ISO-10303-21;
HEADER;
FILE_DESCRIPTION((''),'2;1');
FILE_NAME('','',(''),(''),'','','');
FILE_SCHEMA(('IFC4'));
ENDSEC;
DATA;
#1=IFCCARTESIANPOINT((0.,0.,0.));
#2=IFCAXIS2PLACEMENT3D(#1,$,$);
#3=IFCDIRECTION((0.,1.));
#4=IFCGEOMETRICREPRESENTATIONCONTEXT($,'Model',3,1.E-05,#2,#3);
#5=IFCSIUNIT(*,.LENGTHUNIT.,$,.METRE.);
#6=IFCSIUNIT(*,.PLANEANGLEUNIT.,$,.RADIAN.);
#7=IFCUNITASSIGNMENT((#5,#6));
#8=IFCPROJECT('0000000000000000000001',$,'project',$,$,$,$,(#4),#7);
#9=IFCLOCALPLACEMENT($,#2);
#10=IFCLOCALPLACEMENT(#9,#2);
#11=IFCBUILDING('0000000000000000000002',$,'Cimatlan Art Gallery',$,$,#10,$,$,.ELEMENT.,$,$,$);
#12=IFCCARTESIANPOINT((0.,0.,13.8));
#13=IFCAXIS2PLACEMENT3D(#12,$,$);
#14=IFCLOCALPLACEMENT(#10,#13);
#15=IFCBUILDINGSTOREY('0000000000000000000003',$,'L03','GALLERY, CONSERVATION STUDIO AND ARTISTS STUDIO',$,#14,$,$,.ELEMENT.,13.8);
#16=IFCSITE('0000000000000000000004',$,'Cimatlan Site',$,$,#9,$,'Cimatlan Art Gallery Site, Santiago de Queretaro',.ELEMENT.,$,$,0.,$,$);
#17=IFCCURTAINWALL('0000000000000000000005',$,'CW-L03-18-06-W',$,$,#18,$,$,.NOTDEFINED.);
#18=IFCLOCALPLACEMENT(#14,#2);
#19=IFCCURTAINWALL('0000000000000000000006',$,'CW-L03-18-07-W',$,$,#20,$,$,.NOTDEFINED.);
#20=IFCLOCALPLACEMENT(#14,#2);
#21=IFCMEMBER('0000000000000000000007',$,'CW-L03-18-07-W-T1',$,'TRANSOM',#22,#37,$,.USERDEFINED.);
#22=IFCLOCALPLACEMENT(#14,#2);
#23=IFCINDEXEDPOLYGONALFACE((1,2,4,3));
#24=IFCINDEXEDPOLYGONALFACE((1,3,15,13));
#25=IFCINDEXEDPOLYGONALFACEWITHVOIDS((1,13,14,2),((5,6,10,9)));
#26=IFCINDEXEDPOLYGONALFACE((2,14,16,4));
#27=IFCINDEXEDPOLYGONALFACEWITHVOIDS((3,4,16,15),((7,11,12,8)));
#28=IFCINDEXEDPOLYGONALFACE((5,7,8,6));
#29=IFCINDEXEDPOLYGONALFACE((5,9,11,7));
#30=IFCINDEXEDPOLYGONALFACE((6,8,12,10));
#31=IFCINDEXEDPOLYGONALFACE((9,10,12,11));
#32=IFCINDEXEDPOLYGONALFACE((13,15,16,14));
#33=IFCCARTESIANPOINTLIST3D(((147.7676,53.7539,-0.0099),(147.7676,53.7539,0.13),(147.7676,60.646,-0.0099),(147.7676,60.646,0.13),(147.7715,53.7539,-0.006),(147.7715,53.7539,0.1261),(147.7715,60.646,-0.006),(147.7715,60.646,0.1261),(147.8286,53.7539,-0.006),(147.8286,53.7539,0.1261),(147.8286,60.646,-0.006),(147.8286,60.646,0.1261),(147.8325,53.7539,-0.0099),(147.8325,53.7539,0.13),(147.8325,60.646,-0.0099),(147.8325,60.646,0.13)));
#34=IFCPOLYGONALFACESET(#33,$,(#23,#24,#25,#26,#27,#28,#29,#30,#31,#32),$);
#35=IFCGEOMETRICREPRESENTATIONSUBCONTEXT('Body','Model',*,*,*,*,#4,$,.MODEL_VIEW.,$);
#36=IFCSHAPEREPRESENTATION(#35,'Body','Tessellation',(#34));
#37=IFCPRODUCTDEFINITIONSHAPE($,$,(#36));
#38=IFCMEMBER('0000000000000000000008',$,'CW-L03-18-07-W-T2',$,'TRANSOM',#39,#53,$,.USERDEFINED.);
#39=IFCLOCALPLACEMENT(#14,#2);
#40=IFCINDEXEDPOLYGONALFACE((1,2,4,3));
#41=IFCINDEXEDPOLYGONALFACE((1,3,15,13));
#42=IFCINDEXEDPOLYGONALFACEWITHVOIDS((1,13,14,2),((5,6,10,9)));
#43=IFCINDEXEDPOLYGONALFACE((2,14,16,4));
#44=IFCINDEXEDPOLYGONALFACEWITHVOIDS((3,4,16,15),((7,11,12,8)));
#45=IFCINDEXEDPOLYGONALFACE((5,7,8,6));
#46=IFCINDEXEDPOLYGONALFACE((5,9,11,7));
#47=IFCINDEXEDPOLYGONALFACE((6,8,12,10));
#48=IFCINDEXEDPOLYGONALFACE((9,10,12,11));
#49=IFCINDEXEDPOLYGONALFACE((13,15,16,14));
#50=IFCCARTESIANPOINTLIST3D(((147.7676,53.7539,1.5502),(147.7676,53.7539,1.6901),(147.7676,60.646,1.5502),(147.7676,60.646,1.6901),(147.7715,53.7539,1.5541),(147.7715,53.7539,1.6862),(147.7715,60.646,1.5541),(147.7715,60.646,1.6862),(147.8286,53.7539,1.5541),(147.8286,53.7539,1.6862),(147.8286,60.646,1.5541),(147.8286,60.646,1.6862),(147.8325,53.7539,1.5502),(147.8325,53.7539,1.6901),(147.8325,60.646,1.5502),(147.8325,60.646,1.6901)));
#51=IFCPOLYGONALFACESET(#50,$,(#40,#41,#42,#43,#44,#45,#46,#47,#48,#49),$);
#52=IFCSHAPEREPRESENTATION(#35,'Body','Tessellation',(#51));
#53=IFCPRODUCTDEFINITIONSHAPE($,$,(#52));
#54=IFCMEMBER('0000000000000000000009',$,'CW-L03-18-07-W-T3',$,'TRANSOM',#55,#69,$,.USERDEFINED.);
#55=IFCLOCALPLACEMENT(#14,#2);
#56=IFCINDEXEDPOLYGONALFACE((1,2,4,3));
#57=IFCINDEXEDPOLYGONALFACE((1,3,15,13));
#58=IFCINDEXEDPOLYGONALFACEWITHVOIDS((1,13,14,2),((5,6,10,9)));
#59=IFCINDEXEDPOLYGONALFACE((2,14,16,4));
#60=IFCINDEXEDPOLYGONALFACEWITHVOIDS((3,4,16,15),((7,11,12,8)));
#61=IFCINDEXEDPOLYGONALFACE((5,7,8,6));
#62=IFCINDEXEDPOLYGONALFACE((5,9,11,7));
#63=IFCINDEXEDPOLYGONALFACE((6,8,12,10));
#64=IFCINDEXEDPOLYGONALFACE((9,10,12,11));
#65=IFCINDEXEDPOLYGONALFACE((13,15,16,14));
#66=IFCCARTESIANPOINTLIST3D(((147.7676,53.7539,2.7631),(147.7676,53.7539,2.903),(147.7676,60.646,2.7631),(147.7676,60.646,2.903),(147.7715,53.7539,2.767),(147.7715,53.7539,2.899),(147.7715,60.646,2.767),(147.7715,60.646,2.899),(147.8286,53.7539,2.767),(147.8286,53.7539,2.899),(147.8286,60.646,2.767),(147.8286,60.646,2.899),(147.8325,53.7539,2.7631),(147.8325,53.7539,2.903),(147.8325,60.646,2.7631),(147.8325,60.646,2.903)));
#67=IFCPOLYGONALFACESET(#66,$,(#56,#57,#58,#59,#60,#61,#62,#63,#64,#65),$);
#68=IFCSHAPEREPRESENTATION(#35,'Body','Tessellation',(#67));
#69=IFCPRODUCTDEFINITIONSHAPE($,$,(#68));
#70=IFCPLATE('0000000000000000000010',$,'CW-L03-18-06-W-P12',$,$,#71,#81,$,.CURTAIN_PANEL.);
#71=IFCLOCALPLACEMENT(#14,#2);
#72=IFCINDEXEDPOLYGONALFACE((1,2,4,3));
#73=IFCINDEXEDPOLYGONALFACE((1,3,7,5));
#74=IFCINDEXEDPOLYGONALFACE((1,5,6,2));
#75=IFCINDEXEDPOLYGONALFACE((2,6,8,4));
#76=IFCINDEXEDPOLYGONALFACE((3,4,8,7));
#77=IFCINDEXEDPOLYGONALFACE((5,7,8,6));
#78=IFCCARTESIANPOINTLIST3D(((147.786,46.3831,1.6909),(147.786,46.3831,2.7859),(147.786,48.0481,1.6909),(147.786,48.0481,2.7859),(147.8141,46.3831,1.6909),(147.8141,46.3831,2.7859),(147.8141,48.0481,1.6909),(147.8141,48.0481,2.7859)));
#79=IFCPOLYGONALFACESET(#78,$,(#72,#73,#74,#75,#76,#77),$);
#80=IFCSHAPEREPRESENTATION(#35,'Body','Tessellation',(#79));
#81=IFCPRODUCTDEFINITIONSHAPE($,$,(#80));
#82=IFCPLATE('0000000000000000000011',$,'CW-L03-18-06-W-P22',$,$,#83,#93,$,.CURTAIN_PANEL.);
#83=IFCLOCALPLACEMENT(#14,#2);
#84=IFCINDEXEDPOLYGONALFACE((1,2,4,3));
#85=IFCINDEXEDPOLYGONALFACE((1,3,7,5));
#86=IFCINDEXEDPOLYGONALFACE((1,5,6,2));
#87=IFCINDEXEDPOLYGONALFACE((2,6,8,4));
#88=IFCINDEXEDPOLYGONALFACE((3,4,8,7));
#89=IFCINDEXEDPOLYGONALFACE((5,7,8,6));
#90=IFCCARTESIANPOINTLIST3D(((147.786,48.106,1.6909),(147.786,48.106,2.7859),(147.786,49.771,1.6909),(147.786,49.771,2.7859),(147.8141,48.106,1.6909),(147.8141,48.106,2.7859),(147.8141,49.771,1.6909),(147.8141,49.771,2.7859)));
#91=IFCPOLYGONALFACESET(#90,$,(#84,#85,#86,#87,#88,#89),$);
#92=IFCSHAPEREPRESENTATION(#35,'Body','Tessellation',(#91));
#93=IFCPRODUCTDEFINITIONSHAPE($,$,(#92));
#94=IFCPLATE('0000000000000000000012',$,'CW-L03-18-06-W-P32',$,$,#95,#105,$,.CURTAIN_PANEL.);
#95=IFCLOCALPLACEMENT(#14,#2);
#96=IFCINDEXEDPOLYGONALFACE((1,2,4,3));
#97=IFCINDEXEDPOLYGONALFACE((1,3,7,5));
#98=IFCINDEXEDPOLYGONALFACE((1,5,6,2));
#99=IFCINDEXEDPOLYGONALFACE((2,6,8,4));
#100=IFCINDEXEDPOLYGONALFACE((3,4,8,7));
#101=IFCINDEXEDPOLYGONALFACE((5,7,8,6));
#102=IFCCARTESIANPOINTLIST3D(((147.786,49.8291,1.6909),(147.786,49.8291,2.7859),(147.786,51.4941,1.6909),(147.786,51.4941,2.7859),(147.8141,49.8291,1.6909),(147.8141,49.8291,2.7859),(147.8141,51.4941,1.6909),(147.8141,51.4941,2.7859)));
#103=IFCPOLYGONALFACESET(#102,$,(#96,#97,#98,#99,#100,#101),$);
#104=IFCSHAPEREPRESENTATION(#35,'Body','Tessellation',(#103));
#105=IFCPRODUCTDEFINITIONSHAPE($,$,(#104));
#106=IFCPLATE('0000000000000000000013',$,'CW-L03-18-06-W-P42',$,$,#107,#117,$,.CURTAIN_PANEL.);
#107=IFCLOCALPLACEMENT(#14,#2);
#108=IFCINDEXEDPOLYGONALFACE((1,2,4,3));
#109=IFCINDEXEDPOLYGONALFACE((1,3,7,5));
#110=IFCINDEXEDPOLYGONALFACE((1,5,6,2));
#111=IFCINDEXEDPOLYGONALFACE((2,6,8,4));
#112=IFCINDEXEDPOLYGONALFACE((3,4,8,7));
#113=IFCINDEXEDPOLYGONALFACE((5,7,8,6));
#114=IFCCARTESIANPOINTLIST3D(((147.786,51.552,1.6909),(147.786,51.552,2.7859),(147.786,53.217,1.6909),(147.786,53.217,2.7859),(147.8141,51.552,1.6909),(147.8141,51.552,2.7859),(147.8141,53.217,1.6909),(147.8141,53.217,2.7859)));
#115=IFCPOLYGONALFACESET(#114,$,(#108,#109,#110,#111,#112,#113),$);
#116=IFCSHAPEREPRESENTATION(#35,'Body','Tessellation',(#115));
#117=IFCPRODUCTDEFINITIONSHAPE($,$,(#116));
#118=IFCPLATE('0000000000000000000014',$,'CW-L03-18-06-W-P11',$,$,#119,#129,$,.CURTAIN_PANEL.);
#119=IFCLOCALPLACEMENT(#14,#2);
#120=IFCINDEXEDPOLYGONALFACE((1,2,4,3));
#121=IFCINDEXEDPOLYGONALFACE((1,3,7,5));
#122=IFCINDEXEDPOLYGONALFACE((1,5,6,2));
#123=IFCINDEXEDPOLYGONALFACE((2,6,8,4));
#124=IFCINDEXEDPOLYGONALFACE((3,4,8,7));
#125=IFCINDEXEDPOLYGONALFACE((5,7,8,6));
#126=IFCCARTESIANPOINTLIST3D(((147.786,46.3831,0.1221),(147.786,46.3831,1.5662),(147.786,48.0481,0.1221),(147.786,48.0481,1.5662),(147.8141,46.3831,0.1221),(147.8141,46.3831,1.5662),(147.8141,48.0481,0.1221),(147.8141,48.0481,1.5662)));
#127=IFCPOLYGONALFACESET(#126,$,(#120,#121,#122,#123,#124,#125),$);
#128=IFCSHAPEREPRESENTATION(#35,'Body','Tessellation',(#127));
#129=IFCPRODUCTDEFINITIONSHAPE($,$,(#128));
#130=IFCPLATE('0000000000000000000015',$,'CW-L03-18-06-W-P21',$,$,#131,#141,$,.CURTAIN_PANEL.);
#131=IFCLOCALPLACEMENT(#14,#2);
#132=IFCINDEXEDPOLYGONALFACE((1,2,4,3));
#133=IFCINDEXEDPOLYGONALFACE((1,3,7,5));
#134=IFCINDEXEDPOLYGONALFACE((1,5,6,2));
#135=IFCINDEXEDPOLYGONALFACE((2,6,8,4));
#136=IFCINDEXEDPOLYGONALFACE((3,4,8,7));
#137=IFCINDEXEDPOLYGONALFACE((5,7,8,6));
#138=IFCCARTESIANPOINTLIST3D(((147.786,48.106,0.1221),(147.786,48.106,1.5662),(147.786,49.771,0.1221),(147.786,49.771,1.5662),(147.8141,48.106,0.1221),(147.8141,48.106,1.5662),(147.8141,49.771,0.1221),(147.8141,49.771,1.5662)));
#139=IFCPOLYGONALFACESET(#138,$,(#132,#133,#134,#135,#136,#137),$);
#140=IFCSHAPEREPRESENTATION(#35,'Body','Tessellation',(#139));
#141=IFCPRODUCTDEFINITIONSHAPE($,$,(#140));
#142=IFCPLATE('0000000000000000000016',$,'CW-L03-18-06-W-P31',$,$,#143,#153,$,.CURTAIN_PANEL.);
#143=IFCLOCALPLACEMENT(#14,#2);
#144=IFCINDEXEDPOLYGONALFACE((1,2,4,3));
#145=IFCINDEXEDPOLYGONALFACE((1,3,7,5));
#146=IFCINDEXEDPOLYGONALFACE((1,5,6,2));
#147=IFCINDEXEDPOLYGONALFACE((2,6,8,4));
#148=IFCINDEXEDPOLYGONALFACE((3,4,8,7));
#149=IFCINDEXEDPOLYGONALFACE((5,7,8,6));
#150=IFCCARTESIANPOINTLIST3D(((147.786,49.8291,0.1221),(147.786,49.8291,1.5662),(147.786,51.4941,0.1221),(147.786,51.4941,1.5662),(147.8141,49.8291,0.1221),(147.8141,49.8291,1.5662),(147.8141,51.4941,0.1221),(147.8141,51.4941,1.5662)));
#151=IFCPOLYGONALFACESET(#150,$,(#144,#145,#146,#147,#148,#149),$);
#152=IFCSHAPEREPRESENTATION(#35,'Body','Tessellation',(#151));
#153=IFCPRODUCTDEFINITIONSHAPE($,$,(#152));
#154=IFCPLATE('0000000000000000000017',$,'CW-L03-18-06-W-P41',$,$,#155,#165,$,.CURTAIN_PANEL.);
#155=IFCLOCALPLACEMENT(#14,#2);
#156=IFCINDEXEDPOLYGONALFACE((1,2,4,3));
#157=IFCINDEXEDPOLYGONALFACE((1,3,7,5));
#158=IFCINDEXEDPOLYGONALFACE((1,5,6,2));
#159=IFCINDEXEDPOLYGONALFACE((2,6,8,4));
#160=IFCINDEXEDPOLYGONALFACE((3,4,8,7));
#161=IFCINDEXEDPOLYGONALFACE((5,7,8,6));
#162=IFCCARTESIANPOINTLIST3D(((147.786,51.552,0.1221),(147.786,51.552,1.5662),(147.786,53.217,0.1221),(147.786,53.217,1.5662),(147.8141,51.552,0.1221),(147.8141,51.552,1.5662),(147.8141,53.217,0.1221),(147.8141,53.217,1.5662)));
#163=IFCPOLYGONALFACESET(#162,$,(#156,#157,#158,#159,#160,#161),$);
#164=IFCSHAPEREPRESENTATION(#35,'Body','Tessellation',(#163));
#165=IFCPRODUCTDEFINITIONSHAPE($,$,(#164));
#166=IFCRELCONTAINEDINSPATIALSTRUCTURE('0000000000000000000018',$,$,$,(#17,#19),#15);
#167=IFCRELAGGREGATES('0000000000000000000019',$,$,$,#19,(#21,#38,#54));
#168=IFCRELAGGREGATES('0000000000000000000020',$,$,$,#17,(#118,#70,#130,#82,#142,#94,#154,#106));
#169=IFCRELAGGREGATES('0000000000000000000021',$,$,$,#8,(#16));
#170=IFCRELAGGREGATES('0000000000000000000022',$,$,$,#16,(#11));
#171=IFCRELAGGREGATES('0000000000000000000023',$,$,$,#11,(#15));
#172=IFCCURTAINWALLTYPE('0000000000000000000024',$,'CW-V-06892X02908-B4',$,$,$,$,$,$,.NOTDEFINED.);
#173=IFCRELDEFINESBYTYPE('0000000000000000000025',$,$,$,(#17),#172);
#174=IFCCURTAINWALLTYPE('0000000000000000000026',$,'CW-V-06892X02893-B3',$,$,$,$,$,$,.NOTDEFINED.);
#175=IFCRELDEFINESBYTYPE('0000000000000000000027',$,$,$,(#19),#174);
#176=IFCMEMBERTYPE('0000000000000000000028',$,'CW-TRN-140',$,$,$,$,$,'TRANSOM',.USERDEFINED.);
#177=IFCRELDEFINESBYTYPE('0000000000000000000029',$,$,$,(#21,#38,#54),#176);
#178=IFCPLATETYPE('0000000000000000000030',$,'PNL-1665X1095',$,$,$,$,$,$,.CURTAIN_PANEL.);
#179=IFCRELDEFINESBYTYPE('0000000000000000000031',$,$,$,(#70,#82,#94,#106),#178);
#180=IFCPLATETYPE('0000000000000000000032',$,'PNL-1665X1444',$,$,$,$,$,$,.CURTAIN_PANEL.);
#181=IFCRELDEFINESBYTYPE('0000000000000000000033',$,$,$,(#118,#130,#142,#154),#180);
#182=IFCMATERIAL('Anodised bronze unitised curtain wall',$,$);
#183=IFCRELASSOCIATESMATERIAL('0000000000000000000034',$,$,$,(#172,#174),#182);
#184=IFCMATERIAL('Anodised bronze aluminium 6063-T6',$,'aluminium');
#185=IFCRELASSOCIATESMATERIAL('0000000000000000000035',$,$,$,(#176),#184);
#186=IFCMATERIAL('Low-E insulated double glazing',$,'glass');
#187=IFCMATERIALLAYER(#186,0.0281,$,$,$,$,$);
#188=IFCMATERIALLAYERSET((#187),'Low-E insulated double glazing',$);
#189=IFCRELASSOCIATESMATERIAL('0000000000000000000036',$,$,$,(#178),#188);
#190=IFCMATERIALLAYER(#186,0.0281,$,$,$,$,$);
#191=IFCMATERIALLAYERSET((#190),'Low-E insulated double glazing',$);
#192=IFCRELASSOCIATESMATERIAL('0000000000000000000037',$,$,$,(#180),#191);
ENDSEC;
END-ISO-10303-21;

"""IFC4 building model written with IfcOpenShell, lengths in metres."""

from ifc_helpers import new_model, si_unit, direction, frame, origin, origin_2d, place, context, subcontext, project, spatial, rectangle, hollow_rectangle, extrude, material, layer, layer_set, material_profile, profile_set, type_object, element, aggregate, save


model = new_model("IFC4")

# Units and contexts
model_context = context("Model", 3, precision=1e-05, world=origin(), true_north=direction((0.0, 1.0)))
body_context = subcontext(model_context, "Body", "Model", "MODEL_VIEW")
ifc_project = project(units=[si_unit("LENGTHUNIT", "METRE"), si_unit("PLANEANGLEUNIT", "RADIAN")], contexts=[model_context])

# Site, building, storey
site_placement = place(None, origin())
site = spatial("IfcSite", under=ifc_project, at=site_placement, Name="Cimatlan Site", LongName="Cimatlan Art Gallery Site, Santiago de Queretaro", CompositionType="ELEMENT", RefElevation=0.0)
building_placement = place(site_placement, origin())
building = spatial("IfcBuilding", under=site, at=building_placement, Name="Cimatlan Art Gallery", CompositionType="ELEMENT")
storey_placement = place(building_placement, frame((0.0, 0.0, 13.8)))
storey = spatial("IfcBuildingStorey", under=building, at=storey_placement, Name="L03", Description="GALLERY, CONSERVATION STUDIO AND ARTISTS STUDIO", CompositionType="ELEMENT", Elevation=13.8)

# Curtain wall
ifc_material_1 = material(Name="Anodised bronze unitised curtain wall")
curtain_wall_type_1 = type_object("IfcCurtainWallType", Name="CW-V-06892X02908-B4", PredefinedType="NOTDEFINED", material=ifc_material_1)
curtain_wall_1_placement = place(storey_placement, origin())
curtain_wall_1 = element("IfcCurtainWall", 1, at=curtain_wall_1_placement, inside=storey, type_object=curtain_wall_type_1, Name="CW-L03-18-06-W", PredefinedType="NOTDEFINED")
ifc_material_2 = material(Name="Anodised bronze aluminium 6063-T6", Category="aluminium")

# Curtain wall
curtain_wall_type_2 = type_object("IfcCurtainWallType", Name="CW-V-06892X02893-B3", PredefinedType="NOTDEFINED", material=ifc_material_1)
curtain_wall_2_placement = place(storey_placement, origin())
curtain_wall_2 = element("IfcCurtainWall", 2, at=curtain_wall_2_placement, inside=storey, type_object=curtain_wall_type_2, Name="CW-L03-18-07-W", PredefinedType="NOTDEFINED")

# Members
ifc_material_profile_1 = material_profile(ifc_material_2, hollow_rectangle(XDim=0.0649, YDim=0.1399, WallThickness=0.0039, at=origin_2d()), Name="ALU65X140X4")
ifc_profile_set_1 = profile_set([ifc_material_profile_1], Name="Anodised bronze aluminium 6063-T6")
member_type_1 = type_object("IfcMemberType", Name="CW-TRN-140", ElementType="TRANSOM", PredefinedType="USERDEFINED", material=ifc_profile_set_1)
member_1_placement = place(storey_placement, frame((147.8, 53.7539, 0.0601), z_axis=(0.0, 1.0, 0.0), x_axis=(-1.0, 0.0, 0.0)))
member_1 = element("IfcMember", 3, at=member_1_placement, type_object=member_type_1, Name="CW-L03-18-07-W-T1", ObjectType="TRANSOM", PredefinedType="USERDEFINED", context=body_context, shape_type="SweptSolid", body=[
    extrude(hollow_rectangle(XDim=0.0649, YDim=0.1399, WallThickness=0.0039, at=origin_2d()), origin(), (0.0, 0.0, 1.0), 6.8921),
])
member_2_placement = place(storey_placement, frame((147.8, 53.7539, 1.6201), z_axis=(0.0, 1.0, 0.0), x_axis=(-1.0, 0.0, 0.0)))
member_2 = element("IfcMember", 4, at=member_2_placement, type_object=member_type_1, Name="CW-L03-18-07-W-T2", ObjectType="TRANSOM", PredefinedType="USERDEFINED", context=body_context, shape_type="SweptSolid", body=[
    extrude(hollow_rectangle(XDim=0.0649, YDim=0.1399, WallThickness=0.0039, at=origin_2d()), origin(), (0.0, 0.0, 1.0), 6.8921),
])
member_3_placement = place(storey_placement, frame((147.8, 53.7539, 2.833), z_axis=(0.0, 1.0, 0.0), x_axis=(-1.0, 0.0, 0.0)))
member_3 = element("IfcMember", 5, at=member_3_placement, type_object=member_type_1, Name="CW-L03-18-07-W-T3", ObjectType="TRANSOM", PredefinedType="USERDEFINED", context=body_context, shape_type="SweptSolid", body=[
    extrude(hollow_rectangle(XDim=0.0649, YDim=0.1399, WallThickness=0.0039, at=origin_2d()), origin(), (0.0, 0.0, 1.0), 6.8921),
])
aggregate(curtain_wall_2, [member_1, member_2, member_3])

# Plates
ifc_material_3 = material(Name="Low-E insulated double glazing", Category="glass")
ifc_layer_1 = layer(ifc_material_3, 0.0281)
ifc_layer_set_1 = layer_set([ifc_layer_1], Name="Low-E insulated double glazing")
plate_type_1 = type_object("IfcPlateType", Name="PNL-1665X1095", PredefinedType="CURTAIN_PANEL", material=ifc_layer_set_1)
plate_1_placement = place(storey_placement, frame((147.8, 47.2156, 1.6909), z_axis=(0.0, 0.0, 1.0), x_axis=(0.0, 1.0, 0.0)))
plate_1 = element("IfcPlate", 6, at=plate_1_placement, type_object=plate_type_1, Name="CW-L03-18-06-W-P12", PredefinedType="CURTAIN_PANEL", context=body_context, shape_type="SweptSolid", body=[
    extrude(rectangle(XDim=1.665, YDim=0.0281, at=origin_2d()), origin(), (0.0, 0.0, 1.0), 1.095),
])
plate_2_placement = place(storey_placement, frame((147.8, 48.9385, 1.6909), z_axis=(0.0, 0.0, 1.0), x_axis=(0.0, 1.0, 0.0)))
plate_2 = element("IfcPlate", 7, at=plate_2_placement, type_object=plate_type_1, Name="CW-L03-18-06-W-P22", PredefinedType="CURTAIN_PANEL", context=body_context, shape_type="SweptSolid", body=[
    extrude(rectangle(XDim=1.665, YDim=0.0281, at=origin_2d()), origin(), (0.0, 0.0, 1.0), 1.095),
])
plate_3_placement = place(storey_placement, frame((147.8, 50.6616, 1.6909), z_axis=(0.0, 0.0, 1.0), x_axis=(0.0, 1.0, 0.0)))
plate_3 = element("IfcPlate", 8, at=plate_3_placement, type_object=plate_type_1, Name="CW-L03-18-06-W-P32", PredefinedType="CURTAIN_PANEL", context=body_context, shape_type="SweptSolid", body=[
    extrude(rectangle(XDim=1.665, YDim=0.0281, at=origin_2d()), origin(), (0.0, 0.0, 1.0), 1.095),
])
plate_4_placement = place(storey_placement, frame((147.8, 52.3845, 1.6909), z_axis=(0.0, 0.0, 1.0), x_axis=(0.0, 1.0, 0.0)))
plate_4 = element("IfcPlate", 9, at=plate_4_placement, type_object=plate_type_1, Name="CW-L03-18-06-W-P42", PredefinedType="CURTAIN_PANEL", context=body_context, shape_type="SweptSolid", body=[
    extrude(rectangle(XDim=1.665, YDim=0.0281, at=origin_2d()), origin(), (0.0, 0.0, 1.0), 1.095),
])
ifc_layer_2 = layer(ifc_material_3, 0.0281)
ifc_layer_set_2 = layer_set([ifc_layer_2], Name="Low-E insulated double glazing")
plate_type_2 = type_object("IfcPlateType", Name="PNL-1665X1444", PredefinedType="CURTAIN_PANEL", material=ifc_layer_set_2)
plate_5_placement = place(storey_placement, frame((147.8, 47.2156, 0.1221), z_axis=(0.0, 0.0, 1.0), x_axis=(0.0, 1.0, 0.0)))
plate_5 = element("IfcPlate", 10, at=plate_5_placement, type_object=plate_type_2, Name="CW-L03-18-06-W-P11", PredefinedType="CURTAIN_PANEL", context=body_context, shape_type="SweptSolid", body=[
    extrude(rectangle(XDim=1.665, YDim=0.0281, at=origin_2d()), origin(), (0.0, 0.0, 1.0), 1.4441),
])
plate_6_placement = place(storey_placement, frame((147.8, 48.9385, 0.1221), z_axis=(0.0, 0.0, 1.0), x_axis=(0.0, 1.0, 0.0)))
plate_6 = element("IfcPlate", 11, at=plate_6_placement, type_object=plate_type_2, Name="CW-L03-18-06-W-P21", PredefinedType="CURTAIN_PANEL", context=body_context, shape_type="SweptSolid", body=[
    extrude(rectangle(XDim=1.665, YDim=0.0281, at=origin_2d()), origin(), (0.0, 0.0, 1.0), 1.4441),
])
plate_7_placement = place(storey_placement, frame((147.8, 50.6616, 0.1221), z_axis=(0.0, 0.0, 1.0), x_axis=(0.0, 1.0, 0.0)))
plate_7 = element("IfcPlate", 12, at=plate_7_placement, type_object=plate_type_2, Name="CW-L03-18-06-W-P31", PredefinedType="CURTAIN_PANEL", context=body_context, shape_type="SweptSolid", body=[
    extrude(rectangle(XDim=1.665, YDim=0.0281, at=origin_2d()), origin(), (0.0, 0.0, 1.0), 1.4441),
])
plate_8_placement = place(storey_placement, frame((147.8, 52.3845, 0.1221), z_axis=(0.0, 0.0, 1.0), x_axis=(0.0, 1.0, 0.0)))
plate_8 = element("IfcPlate", 13, at=plate_8_placement, type_object=plate_type_2, Name="CW-L03-18-06-W-P41", PredefinedType="CURTAIN_PANEL", context=body_context, shape_type="SweptSolid", body=[
    extrude(rectangle(XDim=1.665, YDim=0.0281, at=origin_2d()), origin(), (0.0, 0.0, 1.0), 1.4441),
])
aggregate(curtain_wall_1, [plate_5, plate_1, plate_6, plate_2, plate_7, plate_3, plate_8, plate_4])

save(model, "model.ifc")
